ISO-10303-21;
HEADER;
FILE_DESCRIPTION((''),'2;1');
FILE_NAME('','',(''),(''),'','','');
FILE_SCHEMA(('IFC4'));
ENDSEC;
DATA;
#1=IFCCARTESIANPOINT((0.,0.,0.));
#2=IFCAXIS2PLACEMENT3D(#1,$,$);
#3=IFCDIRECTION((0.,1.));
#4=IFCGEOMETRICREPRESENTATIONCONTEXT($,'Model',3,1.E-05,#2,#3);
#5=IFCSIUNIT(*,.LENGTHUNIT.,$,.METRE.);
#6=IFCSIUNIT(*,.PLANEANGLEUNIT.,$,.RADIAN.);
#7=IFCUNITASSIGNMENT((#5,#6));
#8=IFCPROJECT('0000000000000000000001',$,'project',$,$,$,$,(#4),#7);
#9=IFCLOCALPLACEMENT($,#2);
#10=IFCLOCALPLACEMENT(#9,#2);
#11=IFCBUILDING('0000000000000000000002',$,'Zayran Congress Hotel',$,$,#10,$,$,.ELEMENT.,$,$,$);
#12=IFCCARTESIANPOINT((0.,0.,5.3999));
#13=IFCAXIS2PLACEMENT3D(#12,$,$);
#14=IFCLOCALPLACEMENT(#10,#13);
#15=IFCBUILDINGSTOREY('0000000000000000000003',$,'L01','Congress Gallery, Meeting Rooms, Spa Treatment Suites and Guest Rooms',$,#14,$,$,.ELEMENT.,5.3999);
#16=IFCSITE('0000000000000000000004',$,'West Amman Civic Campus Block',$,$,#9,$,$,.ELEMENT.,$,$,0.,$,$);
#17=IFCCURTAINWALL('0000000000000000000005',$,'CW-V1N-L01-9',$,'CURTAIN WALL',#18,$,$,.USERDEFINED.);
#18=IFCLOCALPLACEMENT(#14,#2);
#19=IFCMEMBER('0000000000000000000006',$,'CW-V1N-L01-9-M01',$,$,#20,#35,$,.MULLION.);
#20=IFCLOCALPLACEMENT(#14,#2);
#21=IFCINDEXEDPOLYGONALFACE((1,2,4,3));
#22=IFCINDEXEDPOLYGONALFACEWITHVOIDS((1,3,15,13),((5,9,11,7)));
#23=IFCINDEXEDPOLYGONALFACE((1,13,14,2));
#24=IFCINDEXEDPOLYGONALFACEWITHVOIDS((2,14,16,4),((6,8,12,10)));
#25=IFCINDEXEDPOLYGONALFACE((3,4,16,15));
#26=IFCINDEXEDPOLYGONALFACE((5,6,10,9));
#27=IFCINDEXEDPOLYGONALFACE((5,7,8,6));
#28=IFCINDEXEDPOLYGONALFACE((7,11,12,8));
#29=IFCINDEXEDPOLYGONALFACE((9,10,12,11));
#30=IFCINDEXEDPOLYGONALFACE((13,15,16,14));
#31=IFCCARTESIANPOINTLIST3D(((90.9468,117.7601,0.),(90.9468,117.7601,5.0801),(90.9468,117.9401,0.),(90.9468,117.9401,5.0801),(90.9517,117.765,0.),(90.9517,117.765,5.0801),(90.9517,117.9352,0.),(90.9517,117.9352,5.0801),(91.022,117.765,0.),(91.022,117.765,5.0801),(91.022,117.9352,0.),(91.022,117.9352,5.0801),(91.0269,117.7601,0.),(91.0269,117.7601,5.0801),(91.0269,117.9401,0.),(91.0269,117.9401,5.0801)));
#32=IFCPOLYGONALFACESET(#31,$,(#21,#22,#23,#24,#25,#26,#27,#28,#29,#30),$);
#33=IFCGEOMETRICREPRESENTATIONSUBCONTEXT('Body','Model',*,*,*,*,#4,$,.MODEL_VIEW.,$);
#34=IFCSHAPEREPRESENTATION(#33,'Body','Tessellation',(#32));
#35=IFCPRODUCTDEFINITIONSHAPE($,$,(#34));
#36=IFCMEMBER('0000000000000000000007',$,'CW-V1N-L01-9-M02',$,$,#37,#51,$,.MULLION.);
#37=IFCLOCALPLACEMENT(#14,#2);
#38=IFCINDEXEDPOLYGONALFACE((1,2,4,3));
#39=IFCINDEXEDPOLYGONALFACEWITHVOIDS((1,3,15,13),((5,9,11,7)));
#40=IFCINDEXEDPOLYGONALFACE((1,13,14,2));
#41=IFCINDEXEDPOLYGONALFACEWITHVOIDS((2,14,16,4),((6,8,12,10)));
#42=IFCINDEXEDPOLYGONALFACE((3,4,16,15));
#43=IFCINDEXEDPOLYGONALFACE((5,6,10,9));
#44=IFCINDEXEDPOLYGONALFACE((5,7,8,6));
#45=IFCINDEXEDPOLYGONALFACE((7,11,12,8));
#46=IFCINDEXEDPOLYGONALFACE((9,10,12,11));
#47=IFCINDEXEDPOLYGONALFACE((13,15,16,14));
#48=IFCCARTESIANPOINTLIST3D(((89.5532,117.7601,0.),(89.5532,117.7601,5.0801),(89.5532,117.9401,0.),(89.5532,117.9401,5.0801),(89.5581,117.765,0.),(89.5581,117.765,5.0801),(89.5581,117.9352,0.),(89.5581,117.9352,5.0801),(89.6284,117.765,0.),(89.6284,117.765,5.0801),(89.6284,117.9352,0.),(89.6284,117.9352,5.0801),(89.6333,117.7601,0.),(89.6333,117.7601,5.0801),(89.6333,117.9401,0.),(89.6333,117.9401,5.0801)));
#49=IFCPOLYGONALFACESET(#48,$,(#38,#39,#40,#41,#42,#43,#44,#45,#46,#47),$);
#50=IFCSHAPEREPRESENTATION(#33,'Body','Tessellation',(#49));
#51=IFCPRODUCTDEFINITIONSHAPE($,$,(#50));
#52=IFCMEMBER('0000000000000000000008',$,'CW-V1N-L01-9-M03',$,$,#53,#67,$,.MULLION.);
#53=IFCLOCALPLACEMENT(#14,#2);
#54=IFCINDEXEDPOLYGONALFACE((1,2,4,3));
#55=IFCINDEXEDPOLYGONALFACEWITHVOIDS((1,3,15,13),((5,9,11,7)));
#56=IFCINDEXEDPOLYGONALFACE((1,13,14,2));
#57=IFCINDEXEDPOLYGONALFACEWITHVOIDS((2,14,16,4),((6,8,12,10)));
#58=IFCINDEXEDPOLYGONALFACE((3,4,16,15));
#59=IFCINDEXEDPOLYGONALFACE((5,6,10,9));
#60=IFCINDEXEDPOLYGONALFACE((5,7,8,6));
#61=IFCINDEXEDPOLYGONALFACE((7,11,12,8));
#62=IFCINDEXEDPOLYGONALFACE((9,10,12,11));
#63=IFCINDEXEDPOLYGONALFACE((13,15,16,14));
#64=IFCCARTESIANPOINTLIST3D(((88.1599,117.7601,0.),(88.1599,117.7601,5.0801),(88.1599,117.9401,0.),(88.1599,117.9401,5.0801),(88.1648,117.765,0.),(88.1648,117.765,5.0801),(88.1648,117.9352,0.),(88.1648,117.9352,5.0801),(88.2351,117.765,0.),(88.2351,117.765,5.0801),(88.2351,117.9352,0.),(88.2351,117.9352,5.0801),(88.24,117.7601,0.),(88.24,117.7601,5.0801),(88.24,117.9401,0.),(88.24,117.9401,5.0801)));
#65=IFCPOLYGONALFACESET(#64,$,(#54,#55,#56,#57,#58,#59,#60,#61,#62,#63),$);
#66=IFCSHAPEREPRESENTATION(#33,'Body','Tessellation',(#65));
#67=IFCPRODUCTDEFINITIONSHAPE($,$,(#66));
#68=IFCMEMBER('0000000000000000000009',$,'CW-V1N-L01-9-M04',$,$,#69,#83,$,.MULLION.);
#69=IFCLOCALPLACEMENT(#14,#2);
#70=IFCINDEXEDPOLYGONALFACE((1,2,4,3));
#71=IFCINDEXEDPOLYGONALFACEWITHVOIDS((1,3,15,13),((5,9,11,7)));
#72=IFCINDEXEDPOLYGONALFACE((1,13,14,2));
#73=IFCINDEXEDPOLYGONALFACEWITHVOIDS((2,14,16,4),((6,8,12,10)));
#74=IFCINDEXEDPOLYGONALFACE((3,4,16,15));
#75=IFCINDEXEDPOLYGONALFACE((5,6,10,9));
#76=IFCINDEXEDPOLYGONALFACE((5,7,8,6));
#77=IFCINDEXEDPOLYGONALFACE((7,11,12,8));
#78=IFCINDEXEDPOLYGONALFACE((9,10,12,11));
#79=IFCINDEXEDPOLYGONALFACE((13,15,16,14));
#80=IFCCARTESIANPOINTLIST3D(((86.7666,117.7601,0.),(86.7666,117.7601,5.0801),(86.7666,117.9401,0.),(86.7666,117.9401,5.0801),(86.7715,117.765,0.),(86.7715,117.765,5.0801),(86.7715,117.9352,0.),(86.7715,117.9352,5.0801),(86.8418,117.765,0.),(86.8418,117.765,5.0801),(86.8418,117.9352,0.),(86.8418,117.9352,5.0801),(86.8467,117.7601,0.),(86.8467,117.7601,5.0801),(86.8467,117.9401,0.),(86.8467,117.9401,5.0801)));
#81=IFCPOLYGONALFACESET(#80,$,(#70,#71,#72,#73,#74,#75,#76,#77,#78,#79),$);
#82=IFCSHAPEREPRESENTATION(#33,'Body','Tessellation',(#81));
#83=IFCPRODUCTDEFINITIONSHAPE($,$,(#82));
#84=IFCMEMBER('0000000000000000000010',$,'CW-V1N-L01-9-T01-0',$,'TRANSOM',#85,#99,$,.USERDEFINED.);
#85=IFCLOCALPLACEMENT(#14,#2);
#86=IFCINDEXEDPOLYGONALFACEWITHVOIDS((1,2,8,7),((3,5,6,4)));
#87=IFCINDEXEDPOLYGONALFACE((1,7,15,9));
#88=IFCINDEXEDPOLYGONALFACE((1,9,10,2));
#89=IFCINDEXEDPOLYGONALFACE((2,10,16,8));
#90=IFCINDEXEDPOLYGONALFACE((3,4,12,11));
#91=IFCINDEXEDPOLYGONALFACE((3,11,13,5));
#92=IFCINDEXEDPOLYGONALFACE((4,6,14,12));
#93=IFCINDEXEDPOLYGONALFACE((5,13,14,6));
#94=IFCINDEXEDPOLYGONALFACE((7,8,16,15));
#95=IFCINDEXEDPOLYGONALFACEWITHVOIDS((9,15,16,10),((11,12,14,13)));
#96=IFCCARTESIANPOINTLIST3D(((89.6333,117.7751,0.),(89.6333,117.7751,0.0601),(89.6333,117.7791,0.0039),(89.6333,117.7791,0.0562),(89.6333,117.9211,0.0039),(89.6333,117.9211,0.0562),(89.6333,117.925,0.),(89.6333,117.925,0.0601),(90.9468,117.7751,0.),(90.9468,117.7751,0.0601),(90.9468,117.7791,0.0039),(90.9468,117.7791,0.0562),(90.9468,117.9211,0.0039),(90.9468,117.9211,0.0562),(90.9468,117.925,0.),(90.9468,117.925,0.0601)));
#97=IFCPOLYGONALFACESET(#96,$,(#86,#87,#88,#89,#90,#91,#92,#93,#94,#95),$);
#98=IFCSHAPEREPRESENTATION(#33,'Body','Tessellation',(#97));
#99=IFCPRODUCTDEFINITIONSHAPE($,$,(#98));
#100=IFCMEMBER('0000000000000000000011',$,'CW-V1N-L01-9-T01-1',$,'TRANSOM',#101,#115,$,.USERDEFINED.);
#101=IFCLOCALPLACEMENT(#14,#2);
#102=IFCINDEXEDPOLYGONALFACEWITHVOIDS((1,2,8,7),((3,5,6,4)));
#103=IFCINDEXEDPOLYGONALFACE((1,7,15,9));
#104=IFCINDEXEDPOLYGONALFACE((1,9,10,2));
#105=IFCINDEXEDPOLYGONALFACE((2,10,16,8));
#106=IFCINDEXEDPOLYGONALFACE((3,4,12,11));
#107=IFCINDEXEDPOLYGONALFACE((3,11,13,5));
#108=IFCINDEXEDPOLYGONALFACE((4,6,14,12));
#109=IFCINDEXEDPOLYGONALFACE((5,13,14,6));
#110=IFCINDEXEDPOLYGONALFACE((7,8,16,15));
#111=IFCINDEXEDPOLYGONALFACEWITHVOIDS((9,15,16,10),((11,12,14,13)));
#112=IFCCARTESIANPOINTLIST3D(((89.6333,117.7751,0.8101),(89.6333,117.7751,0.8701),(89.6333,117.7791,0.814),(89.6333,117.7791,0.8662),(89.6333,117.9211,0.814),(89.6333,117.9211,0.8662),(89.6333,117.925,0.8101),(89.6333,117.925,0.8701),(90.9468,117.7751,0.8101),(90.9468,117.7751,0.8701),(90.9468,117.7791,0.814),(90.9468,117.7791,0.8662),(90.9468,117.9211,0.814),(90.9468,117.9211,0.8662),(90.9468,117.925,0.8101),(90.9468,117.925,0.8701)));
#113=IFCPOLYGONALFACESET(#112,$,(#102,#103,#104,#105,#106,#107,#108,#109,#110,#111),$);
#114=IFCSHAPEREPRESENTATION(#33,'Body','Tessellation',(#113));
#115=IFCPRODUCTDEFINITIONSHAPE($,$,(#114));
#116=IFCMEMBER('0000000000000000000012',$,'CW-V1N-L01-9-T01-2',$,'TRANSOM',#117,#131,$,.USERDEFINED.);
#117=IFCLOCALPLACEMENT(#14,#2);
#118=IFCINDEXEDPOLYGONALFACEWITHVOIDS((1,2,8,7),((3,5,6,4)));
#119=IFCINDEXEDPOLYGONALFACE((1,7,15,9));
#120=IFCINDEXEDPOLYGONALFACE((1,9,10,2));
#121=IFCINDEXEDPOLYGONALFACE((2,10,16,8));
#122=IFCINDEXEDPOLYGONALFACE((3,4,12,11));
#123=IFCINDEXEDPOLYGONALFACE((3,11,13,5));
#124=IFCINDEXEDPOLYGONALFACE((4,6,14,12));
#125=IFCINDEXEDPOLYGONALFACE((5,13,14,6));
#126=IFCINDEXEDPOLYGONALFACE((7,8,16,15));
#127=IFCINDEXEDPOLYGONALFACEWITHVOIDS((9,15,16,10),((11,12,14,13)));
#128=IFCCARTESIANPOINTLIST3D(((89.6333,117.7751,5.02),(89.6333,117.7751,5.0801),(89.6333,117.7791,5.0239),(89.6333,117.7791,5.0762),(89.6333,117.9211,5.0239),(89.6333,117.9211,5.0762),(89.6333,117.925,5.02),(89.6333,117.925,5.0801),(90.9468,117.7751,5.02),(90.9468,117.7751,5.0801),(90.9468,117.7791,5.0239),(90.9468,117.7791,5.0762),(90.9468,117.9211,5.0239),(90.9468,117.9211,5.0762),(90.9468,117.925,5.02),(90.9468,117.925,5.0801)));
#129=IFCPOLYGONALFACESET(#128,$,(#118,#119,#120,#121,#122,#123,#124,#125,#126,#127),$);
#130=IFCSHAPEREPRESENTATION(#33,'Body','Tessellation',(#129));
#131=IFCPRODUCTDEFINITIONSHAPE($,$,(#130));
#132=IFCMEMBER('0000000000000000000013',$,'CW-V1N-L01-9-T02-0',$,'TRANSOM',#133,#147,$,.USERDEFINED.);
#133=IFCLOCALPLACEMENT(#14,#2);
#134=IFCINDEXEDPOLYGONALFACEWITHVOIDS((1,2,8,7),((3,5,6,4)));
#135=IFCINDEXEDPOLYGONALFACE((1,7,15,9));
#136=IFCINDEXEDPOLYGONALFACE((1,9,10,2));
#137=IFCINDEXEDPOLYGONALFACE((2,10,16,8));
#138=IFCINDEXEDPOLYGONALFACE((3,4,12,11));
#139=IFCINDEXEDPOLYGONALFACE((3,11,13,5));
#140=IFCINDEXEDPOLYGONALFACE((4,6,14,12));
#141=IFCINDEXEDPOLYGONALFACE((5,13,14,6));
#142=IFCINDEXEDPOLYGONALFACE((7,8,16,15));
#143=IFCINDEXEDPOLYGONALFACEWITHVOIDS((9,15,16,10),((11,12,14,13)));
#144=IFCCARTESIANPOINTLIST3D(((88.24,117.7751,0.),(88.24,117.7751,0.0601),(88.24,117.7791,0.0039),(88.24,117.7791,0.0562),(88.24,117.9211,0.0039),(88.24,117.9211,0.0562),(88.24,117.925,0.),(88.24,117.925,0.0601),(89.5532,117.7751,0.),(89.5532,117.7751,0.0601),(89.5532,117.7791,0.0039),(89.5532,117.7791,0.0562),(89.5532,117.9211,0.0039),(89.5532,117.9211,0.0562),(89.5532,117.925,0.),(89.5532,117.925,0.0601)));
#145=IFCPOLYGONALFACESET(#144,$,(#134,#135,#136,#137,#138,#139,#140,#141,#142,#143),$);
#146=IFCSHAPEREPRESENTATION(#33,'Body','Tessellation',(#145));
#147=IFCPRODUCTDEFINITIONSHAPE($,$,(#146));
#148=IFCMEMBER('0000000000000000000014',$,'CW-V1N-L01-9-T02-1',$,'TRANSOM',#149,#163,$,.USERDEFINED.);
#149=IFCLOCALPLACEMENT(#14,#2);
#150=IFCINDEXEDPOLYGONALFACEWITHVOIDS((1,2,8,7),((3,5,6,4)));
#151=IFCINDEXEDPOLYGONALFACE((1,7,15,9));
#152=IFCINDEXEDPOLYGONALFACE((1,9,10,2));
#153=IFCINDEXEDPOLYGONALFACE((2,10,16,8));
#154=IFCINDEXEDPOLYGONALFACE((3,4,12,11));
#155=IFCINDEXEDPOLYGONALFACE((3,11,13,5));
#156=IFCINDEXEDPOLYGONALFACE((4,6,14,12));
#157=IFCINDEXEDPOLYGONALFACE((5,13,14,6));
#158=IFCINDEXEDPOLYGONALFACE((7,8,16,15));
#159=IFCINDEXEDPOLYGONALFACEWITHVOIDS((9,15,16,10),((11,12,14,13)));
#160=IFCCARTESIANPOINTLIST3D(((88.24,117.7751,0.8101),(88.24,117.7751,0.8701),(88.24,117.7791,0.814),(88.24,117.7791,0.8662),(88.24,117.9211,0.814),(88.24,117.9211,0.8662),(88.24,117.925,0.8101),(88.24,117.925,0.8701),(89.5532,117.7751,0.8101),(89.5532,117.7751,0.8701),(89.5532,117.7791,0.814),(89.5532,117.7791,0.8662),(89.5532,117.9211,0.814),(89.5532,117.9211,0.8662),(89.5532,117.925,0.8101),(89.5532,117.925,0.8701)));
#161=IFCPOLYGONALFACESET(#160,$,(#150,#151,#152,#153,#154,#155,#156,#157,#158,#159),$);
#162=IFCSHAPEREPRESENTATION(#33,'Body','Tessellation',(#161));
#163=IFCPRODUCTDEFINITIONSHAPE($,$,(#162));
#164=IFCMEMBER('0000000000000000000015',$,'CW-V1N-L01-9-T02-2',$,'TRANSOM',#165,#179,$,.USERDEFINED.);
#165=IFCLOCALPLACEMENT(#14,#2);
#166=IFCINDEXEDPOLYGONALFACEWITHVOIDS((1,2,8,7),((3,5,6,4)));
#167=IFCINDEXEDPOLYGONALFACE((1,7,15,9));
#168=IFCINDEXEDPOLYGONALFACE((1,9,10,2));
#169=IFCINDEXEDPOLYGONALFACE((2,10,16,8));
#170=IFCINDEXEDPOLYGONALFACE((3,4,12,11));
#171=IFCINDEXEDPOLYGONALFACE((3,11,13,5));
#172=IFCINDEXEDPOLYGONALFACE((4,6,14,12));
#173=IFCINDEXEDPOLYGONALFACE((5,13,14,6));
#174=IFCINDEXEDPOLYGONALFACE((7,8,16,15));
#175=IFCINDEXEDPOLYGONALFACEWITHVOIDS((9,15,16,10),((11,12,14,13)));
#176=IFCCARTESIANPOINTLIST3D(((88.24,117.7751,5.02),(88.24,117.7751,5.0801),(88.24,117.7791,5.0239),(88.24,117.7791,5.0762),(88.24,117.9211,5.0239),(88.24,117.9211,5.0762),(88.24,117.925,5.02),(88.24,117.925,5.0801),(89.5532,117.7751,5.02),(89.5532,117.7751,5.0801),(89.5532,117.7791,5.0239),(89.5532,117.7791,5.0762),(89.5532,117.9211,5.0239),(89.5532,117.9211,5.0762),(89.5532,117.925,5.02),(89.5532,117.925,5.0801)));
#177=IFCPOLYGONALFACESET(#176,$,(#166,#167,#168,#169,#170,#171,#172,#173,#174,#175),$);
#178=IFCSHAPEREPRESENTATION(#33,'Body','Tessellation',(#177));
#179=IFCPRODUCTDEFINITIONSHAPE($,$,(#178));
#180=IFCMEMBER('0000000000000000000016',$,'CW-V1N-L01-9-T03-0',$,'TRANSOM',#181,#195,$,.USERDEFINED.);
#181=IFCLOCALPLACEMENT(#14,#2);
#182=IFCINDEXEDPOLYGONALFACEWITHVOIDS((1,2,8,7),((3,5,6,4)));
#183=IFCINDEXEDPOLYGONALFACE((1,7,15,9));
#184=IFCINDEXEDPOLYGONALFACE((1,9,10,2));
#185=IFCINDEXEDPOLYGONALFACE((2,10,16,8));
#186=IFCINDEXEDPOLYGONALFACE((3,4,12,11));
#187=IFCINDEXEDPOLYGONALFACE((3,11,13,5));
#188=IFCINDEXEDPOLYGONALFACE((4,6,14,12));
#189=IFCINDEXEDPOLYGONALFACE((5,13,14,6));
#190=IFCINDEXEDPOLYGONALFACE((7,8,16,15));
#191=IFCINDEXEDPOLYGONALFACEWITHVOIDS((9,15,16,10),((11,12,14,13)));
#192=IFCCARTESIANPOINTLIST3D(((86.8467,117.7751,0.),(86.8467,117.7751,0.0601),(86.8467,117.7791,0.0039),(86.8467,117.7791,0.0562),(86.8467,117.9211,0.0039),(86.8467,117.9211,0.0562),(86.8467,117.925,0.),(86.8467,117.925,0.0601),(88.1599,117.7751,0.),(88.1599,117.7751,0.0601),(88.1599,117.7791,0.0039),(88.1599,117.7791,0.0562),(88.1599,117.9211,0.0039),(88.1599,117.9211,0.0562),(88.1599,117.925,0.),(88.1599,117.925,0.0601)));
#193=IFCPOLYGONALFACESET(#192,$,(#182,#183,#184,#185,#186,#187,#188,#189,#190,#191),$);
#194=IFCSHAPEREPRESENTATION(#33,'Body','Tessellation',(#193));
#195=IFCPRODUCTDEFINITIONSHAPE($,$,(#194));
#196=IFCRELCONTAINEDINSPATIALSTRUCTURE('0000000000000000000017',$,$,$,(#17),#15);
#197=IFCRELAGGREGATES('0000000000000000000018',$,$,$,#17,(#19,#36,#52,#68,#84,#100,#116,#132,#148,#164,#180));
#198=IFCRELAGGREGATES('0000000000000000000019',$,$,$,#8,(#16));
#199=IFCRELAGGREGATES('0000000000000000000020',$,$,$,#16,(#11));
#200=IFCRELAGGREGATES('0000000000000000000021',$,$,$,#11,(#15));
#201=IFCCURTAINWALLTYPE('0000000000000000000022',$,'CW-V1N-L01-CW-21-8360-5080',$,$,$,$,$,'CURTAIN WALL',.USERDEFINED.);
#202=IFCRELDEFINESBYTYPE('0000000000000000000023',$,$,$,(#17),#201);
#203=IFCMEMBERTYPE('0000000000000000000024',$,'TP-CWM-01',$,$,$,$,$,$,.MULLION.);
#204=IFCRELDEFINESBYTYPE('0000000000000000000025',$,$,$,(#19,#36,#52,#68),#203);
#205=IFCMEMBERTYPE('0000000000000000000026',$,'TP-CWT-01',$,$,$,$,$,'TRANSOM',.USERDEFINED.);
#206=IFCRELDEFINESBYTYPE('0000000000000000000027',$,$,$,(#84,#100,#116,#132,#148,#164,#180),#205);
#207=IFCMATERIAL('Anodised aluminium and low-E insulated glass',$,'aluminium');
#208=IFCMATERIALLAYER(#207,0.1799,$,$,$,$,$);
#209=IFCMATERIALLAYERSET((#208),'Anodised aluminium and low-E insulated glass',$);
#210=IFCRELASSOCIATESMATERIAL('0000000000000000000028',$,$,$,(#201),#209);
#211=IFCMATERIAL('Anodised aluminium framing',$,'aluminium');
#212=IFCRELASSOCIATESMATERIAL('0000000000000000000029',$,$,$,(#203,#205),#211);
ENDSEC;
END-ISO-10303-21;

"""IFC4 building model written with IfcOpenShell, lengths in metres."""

from ifc_helpers import new_model, si_unit, direction, frame, origin, origin_2d, place, context, subcontext, project, spatial, hollow_rectangle, extrude, material, layer, layer_set, material_profile, profile_set, type_object, element, aggregate, save


model = new_model("IFC4")

# Units and contexts
model_context = context("Model", 3, precision=1e-05, world=origin(), true_north=direction((0.0, 1.0)))
body_context = subcontext(model_context, "Body", "Model", "MODEL_VIEW")
ifc_project = project(units=[si_unit("LENGTHUNIT", "METRE"), si_unit("PLANEANGLEUNIT", "RADIAN")], contexts=[model_context])

# Site, building, storey
site_placement = place(None, origin())
site = spatial("IfcSite", under=ifc_project, at=site_placement, Name="West Amman Civic Campus Block", CompositionType="ELEMENT", RefElevation=0.0)
building_placement = place(site_placement, origin())
building = spatial("IfcBuilding", under=site, at=building_placement, Name="Zayran Congress Hotel", CompositionType="ELEMENT")
storey_placement = place(building_placement, frame((0.0, 0.0, 5.3999)))
storey = spatial("IfcBuildingStorey", under=building, at=storey_placement, Name="L01", Description="Congress Gallery, Meeting Rooms, Spa Treatment Suites and Guest Rooms", CompositionType="ELEMENT", Elevation=5.3999)

# Curtain wall, members
ifc_material_1 = material(Name="Anodised aluminium and low-E insulated glass", Category="aluminium")
ifc_layer_1 = layer(ifc_material_1, 0.1799)
ifc_layer_set_1 = layer_set([ifc_layer_1], Name="Anodised aluminium and low-E insulated glass")
curtain_wall_type = type_object("IfcCurtainWallType", Name="CW-V1N-L01-CW-21-8360-5080", ElementType="CURTAIN WALL", PredefinedType="USERDEFINED", material=ifc_layer_set_1)
curtain_wall_placement = place(storey_placement, origin())
curtain_wall = element("IfcCurtainWall", 1, at=curtain_wall_placement, inside=storey, type_object=curtain_wall_type, Name="CW-V1N-L01-9", ObjectType="CURTAIN WALL", PredefinedType="USERDEFINED")
ifc_material_2 = material(Name="Anodised aluminium framing", Category="aluminium")
ifc_material_profile_1 = material_profile(ifc_material_2, hollow_rectangle(XDim=0.0801, YDim=0.1799, WallThickness=0.0049, at=origin_2d()), Name="RHS 180x80x5")
ifc_profile_set_1 = profile_set([ifc_material_profile_1], Name="Anodised aluminium framing")
member_type_1 = type_object("IfcMemberType", Name="TP-CWM-01", PredefinedType="MULLION", material=ifc_profile_set_1)
member_1_placement = place(storey_placement, frame((90.9868, 117.8501, 0.0), z_axis=(0.0, 0.0, 1.0), x_axis=(1.0, 0.0, 0.0)))
member_1 = element("IfcMember", 2, at=member_1_placement, type_object=member_type_1, Name="CW-V1N-L01-9-M01", PredefinedType="MULLION", context=body_context, shape_type="SweptSolid", body=[
    extrude(hollow_rectangle(XDim=0.0801, YDim=0.1799, WallThickness=0.0049, at=origin_2d()), origin(), (0.0, 0.0, 1.0), 5.0801),
])
member_2_placement = place(storey_placement, frame((89.5933, 117.8501, 0.0), z_axis=(0.0, 0.0, 1.0), x_axis=(1.0, 0.0, 0.0)))
member_2 = element("IfcMember", 3, at=member_2_placement, type_object=member_type_1, Name="CW-V1N-L01-9-M02", PredefinedType="MULLION", context=body_context, shape_type="SweptSolid", body=[
    extrude(hollow_rectangle(XDim=0.0801, YDim=0.1799, WallThickness=0.0049, at=origin_2d()), origin(), (0.0, 0.0, 1.0), 5.0801),
])
member_3_placement = place(storey_placement, frame((88.2, 117.8501, 0.0), z_axis=(0.0, 0.0, 1.0), x_axis=(1.0, 0.0, 0.0)))
member_3 = element("IfcMember", 4, at=member_3_placement, type_object=member_type_1, Name="CW-V1N-L01-9-M03", PredefinedType="MULLION", context=body_context, shape_type="SweptSolid", body=[
    extrude(hollow_rectangle(XDim=0.0801, YDim=0.1799, WallThickness=0.0049, at=origin_2d()), origin(), (0.0, 0.0, 1.0), 5.0801),
])
member_4_placement = place(storey_placement, frame((86.8066, 117.8501, 0.0), z_axis=(0.0, 0.0, 1.0), x_axis=(1.0, 0.0, 0.0)))
member_4 = element("IfcMember", 5, at=member_4_placement, type_object=member_type_1, Name="CW-V1N-L01-9-M04", PredefinedType="MULLION", context=body_context, shape_type="SweptSolid", body=[
    extrude(hollow_rectangle(XDim=0.0801, YDim=0.1799, WallThickness=0.0049, at=origin_2d()), origin(), (0.0, 0.0, 1.0), 5.0801),
])
ifc_material_profile_2 = material_profile(ifc_material_2, hollow_rectangle(XDim=0.0601, YDim=0.1499, WallThickness=0.0039, at=origin_2d()), Name="RHS 150x60x4")
ifc_profile_set_2 = profile_set([ifc_material_profile_2], Name="Anodised aluminium framing")
member_type_2 = type_object("IfcMemberType", Name="TP-CWT-01", ElementType="TRANSOM", PredefinedType="USERDEFINED", material=ifc_profile_set_2)
member_5_placement = place(storey_placement, frame((90.9468, 117.8501, 0.03), z_axis=(-1.0, 0.0, 0.0), x_axis=(0.0, 0.0, 1.0)))
member_5 = element("IfcMember", 6, at=member_5_placement, type_object=member_type_2, Name="CW-V1N-L01-9-T01-0", ObjectType="TRANSOM", PredefinedType="USERDEFINED", context=body_context, shape_type="SweptSolid", body=[
    extrude(hollow_rectangle(XDim=0.0601, YDim=0.1499, WallThickness=0.0039, at=origin_2d()), origin(), (0.0, 0.0, 1.0), 1.3135),
])
member_6_placement = place(storey_placement, frame((90.9468, 117.8501, 0.8401), z_axis=(-1.0, 0.0, 0.0), x_axis=(0.0, 0.0, 1.0)))
member_6 = element("IfcMember", 7, at=member_6_placement, type_object=member_type_2, Name="CW-V1N-L01-9-T01-1", ObjectType="TRANSOM", PredefinedType="USERDEFINED", context=body_context, shape_type="SweptSolid", body=[
    extrude(hollow_rectangle(XDim=0.0601, YDim=0.1499, WallThickness=0.0039, at=origin_2d()), origin(), (0.0, 0.0, 1.0), 1.3135),
])
member_7_placement = place(storey_placement, frame((90.9468, 117.8501, 5.05), z_axis=(-1.0, 0.0, 0.0), x_axis=(0.0, 0.0, 1.0)))
member_7 = element("IfcMember", 8, at=member_7_placement, type_object=member_type_2, Name="CW-V1N-L01-9-T01-2", ObjectType="TRANSOM", PredefinedType="USERDEFINED", context=body_context, shape_type="SweptSolid", body=[
    extrude(hollow_rectangle(XDim=0.0601, YDim=0.1499, WallThickness=0.0039, at=origin_2d()), origin(), (0.0, 0.0, 1.0), 1.3135),
])
member_8_placement = place(storey_placement, frame((89.5532, 117.8501, 0.03), z_axis=(-1.0, 0.0, 0.0), x_axis=(0.0, 0.0, 1.0)))
member_8 = element("IfcMember", 9, at=member_8_placement, type_object=member_type_2, Name="CW-V1N-L01-9-T02-0", ObjectType="TRANSOM", PredefinedType="USERDEFINED", context=body_context, shape_type="SweptSolid", body=[
    extrude(hollow_rectangle(XDim=0.0601, YDim=0.1499, WallThickness=0.0039, at=origin_2d()), origin(), (0.0, 0.0, 1.0), 1.3132),
])
member_9_placement = place(storey_placement, frame((89.5532, 117.8501, 0.8401), z_axis=(-1.0, 0.0, 0.0), x_axis=(0.0, 0.0, 1.0)))
member_9 = element("IfcMember", 10, at=member_9_placement, type_object=member_type_2, Name="CW-V1N-L01-9-T02-1", ObjectType="TRANSOM", PredefinedType="USERDEFINED", context=body_context, shape_type="SweptSolid", body=[
    extrude(hollow_rectangle(XDim=0.0601, YDim=0.1499, WallThickness=0.0039, at=origin_2d()), origin(), (0.0, 0.0, 1.0), 1.3132),
])
member_10_placement = place(storey_placement, frame((89.5532, 117.8501, 5.05), z_axis=(-1.0, 0.0, 0.0), x_axis=(0.0, 0.0, 1.0)))
member_10 = element("IfcMember", 11, at=member_10_placement, type_object=member_type_2, Name="CW-V1N-L01-9-T02-2", ObjectType="TRANSOM", PredefinedType="USERDEFINED", context=body_context, shape_type="SweptSolid", body=[
    extrude(hollow_rectangle(XDim=0.0601, YDim=0.1499, WallThickness=0.0039, at=origin_2d()), origin(), (0.0, 0.0, 1.0), 1.3132),
])
member_11_placement = place(storey_placement, frame((88.1599, 117.8501, 0.03), z_axis=(-1.0, 0.0, 0.0), x_axis=(0.0, 0.0, 1.0)))
member_11 = element("IfcMember", 12, at=member_11_placement, type_object=member_type_2, Name="CW-V1N-L01-9-T03-0", ObjectType="TRANSOM", PredefinedType="USERDEFINED", context=body_context, shape_type="SweptSolid", body=[
    extrude(hollow_rectangle(XDim=0.0601, YDim=0.1499, WallThickness=0.0039, at=origin_2d()), origin(), (0.0, 0.0, 1.0), 1.3132),
])
aggregate(curtain_wall, [member_1, member_2, member_3, member_4, member_5, member_6, member_7, member_8, member_9, member_10, member_11])

save(model, "model.ifc")
